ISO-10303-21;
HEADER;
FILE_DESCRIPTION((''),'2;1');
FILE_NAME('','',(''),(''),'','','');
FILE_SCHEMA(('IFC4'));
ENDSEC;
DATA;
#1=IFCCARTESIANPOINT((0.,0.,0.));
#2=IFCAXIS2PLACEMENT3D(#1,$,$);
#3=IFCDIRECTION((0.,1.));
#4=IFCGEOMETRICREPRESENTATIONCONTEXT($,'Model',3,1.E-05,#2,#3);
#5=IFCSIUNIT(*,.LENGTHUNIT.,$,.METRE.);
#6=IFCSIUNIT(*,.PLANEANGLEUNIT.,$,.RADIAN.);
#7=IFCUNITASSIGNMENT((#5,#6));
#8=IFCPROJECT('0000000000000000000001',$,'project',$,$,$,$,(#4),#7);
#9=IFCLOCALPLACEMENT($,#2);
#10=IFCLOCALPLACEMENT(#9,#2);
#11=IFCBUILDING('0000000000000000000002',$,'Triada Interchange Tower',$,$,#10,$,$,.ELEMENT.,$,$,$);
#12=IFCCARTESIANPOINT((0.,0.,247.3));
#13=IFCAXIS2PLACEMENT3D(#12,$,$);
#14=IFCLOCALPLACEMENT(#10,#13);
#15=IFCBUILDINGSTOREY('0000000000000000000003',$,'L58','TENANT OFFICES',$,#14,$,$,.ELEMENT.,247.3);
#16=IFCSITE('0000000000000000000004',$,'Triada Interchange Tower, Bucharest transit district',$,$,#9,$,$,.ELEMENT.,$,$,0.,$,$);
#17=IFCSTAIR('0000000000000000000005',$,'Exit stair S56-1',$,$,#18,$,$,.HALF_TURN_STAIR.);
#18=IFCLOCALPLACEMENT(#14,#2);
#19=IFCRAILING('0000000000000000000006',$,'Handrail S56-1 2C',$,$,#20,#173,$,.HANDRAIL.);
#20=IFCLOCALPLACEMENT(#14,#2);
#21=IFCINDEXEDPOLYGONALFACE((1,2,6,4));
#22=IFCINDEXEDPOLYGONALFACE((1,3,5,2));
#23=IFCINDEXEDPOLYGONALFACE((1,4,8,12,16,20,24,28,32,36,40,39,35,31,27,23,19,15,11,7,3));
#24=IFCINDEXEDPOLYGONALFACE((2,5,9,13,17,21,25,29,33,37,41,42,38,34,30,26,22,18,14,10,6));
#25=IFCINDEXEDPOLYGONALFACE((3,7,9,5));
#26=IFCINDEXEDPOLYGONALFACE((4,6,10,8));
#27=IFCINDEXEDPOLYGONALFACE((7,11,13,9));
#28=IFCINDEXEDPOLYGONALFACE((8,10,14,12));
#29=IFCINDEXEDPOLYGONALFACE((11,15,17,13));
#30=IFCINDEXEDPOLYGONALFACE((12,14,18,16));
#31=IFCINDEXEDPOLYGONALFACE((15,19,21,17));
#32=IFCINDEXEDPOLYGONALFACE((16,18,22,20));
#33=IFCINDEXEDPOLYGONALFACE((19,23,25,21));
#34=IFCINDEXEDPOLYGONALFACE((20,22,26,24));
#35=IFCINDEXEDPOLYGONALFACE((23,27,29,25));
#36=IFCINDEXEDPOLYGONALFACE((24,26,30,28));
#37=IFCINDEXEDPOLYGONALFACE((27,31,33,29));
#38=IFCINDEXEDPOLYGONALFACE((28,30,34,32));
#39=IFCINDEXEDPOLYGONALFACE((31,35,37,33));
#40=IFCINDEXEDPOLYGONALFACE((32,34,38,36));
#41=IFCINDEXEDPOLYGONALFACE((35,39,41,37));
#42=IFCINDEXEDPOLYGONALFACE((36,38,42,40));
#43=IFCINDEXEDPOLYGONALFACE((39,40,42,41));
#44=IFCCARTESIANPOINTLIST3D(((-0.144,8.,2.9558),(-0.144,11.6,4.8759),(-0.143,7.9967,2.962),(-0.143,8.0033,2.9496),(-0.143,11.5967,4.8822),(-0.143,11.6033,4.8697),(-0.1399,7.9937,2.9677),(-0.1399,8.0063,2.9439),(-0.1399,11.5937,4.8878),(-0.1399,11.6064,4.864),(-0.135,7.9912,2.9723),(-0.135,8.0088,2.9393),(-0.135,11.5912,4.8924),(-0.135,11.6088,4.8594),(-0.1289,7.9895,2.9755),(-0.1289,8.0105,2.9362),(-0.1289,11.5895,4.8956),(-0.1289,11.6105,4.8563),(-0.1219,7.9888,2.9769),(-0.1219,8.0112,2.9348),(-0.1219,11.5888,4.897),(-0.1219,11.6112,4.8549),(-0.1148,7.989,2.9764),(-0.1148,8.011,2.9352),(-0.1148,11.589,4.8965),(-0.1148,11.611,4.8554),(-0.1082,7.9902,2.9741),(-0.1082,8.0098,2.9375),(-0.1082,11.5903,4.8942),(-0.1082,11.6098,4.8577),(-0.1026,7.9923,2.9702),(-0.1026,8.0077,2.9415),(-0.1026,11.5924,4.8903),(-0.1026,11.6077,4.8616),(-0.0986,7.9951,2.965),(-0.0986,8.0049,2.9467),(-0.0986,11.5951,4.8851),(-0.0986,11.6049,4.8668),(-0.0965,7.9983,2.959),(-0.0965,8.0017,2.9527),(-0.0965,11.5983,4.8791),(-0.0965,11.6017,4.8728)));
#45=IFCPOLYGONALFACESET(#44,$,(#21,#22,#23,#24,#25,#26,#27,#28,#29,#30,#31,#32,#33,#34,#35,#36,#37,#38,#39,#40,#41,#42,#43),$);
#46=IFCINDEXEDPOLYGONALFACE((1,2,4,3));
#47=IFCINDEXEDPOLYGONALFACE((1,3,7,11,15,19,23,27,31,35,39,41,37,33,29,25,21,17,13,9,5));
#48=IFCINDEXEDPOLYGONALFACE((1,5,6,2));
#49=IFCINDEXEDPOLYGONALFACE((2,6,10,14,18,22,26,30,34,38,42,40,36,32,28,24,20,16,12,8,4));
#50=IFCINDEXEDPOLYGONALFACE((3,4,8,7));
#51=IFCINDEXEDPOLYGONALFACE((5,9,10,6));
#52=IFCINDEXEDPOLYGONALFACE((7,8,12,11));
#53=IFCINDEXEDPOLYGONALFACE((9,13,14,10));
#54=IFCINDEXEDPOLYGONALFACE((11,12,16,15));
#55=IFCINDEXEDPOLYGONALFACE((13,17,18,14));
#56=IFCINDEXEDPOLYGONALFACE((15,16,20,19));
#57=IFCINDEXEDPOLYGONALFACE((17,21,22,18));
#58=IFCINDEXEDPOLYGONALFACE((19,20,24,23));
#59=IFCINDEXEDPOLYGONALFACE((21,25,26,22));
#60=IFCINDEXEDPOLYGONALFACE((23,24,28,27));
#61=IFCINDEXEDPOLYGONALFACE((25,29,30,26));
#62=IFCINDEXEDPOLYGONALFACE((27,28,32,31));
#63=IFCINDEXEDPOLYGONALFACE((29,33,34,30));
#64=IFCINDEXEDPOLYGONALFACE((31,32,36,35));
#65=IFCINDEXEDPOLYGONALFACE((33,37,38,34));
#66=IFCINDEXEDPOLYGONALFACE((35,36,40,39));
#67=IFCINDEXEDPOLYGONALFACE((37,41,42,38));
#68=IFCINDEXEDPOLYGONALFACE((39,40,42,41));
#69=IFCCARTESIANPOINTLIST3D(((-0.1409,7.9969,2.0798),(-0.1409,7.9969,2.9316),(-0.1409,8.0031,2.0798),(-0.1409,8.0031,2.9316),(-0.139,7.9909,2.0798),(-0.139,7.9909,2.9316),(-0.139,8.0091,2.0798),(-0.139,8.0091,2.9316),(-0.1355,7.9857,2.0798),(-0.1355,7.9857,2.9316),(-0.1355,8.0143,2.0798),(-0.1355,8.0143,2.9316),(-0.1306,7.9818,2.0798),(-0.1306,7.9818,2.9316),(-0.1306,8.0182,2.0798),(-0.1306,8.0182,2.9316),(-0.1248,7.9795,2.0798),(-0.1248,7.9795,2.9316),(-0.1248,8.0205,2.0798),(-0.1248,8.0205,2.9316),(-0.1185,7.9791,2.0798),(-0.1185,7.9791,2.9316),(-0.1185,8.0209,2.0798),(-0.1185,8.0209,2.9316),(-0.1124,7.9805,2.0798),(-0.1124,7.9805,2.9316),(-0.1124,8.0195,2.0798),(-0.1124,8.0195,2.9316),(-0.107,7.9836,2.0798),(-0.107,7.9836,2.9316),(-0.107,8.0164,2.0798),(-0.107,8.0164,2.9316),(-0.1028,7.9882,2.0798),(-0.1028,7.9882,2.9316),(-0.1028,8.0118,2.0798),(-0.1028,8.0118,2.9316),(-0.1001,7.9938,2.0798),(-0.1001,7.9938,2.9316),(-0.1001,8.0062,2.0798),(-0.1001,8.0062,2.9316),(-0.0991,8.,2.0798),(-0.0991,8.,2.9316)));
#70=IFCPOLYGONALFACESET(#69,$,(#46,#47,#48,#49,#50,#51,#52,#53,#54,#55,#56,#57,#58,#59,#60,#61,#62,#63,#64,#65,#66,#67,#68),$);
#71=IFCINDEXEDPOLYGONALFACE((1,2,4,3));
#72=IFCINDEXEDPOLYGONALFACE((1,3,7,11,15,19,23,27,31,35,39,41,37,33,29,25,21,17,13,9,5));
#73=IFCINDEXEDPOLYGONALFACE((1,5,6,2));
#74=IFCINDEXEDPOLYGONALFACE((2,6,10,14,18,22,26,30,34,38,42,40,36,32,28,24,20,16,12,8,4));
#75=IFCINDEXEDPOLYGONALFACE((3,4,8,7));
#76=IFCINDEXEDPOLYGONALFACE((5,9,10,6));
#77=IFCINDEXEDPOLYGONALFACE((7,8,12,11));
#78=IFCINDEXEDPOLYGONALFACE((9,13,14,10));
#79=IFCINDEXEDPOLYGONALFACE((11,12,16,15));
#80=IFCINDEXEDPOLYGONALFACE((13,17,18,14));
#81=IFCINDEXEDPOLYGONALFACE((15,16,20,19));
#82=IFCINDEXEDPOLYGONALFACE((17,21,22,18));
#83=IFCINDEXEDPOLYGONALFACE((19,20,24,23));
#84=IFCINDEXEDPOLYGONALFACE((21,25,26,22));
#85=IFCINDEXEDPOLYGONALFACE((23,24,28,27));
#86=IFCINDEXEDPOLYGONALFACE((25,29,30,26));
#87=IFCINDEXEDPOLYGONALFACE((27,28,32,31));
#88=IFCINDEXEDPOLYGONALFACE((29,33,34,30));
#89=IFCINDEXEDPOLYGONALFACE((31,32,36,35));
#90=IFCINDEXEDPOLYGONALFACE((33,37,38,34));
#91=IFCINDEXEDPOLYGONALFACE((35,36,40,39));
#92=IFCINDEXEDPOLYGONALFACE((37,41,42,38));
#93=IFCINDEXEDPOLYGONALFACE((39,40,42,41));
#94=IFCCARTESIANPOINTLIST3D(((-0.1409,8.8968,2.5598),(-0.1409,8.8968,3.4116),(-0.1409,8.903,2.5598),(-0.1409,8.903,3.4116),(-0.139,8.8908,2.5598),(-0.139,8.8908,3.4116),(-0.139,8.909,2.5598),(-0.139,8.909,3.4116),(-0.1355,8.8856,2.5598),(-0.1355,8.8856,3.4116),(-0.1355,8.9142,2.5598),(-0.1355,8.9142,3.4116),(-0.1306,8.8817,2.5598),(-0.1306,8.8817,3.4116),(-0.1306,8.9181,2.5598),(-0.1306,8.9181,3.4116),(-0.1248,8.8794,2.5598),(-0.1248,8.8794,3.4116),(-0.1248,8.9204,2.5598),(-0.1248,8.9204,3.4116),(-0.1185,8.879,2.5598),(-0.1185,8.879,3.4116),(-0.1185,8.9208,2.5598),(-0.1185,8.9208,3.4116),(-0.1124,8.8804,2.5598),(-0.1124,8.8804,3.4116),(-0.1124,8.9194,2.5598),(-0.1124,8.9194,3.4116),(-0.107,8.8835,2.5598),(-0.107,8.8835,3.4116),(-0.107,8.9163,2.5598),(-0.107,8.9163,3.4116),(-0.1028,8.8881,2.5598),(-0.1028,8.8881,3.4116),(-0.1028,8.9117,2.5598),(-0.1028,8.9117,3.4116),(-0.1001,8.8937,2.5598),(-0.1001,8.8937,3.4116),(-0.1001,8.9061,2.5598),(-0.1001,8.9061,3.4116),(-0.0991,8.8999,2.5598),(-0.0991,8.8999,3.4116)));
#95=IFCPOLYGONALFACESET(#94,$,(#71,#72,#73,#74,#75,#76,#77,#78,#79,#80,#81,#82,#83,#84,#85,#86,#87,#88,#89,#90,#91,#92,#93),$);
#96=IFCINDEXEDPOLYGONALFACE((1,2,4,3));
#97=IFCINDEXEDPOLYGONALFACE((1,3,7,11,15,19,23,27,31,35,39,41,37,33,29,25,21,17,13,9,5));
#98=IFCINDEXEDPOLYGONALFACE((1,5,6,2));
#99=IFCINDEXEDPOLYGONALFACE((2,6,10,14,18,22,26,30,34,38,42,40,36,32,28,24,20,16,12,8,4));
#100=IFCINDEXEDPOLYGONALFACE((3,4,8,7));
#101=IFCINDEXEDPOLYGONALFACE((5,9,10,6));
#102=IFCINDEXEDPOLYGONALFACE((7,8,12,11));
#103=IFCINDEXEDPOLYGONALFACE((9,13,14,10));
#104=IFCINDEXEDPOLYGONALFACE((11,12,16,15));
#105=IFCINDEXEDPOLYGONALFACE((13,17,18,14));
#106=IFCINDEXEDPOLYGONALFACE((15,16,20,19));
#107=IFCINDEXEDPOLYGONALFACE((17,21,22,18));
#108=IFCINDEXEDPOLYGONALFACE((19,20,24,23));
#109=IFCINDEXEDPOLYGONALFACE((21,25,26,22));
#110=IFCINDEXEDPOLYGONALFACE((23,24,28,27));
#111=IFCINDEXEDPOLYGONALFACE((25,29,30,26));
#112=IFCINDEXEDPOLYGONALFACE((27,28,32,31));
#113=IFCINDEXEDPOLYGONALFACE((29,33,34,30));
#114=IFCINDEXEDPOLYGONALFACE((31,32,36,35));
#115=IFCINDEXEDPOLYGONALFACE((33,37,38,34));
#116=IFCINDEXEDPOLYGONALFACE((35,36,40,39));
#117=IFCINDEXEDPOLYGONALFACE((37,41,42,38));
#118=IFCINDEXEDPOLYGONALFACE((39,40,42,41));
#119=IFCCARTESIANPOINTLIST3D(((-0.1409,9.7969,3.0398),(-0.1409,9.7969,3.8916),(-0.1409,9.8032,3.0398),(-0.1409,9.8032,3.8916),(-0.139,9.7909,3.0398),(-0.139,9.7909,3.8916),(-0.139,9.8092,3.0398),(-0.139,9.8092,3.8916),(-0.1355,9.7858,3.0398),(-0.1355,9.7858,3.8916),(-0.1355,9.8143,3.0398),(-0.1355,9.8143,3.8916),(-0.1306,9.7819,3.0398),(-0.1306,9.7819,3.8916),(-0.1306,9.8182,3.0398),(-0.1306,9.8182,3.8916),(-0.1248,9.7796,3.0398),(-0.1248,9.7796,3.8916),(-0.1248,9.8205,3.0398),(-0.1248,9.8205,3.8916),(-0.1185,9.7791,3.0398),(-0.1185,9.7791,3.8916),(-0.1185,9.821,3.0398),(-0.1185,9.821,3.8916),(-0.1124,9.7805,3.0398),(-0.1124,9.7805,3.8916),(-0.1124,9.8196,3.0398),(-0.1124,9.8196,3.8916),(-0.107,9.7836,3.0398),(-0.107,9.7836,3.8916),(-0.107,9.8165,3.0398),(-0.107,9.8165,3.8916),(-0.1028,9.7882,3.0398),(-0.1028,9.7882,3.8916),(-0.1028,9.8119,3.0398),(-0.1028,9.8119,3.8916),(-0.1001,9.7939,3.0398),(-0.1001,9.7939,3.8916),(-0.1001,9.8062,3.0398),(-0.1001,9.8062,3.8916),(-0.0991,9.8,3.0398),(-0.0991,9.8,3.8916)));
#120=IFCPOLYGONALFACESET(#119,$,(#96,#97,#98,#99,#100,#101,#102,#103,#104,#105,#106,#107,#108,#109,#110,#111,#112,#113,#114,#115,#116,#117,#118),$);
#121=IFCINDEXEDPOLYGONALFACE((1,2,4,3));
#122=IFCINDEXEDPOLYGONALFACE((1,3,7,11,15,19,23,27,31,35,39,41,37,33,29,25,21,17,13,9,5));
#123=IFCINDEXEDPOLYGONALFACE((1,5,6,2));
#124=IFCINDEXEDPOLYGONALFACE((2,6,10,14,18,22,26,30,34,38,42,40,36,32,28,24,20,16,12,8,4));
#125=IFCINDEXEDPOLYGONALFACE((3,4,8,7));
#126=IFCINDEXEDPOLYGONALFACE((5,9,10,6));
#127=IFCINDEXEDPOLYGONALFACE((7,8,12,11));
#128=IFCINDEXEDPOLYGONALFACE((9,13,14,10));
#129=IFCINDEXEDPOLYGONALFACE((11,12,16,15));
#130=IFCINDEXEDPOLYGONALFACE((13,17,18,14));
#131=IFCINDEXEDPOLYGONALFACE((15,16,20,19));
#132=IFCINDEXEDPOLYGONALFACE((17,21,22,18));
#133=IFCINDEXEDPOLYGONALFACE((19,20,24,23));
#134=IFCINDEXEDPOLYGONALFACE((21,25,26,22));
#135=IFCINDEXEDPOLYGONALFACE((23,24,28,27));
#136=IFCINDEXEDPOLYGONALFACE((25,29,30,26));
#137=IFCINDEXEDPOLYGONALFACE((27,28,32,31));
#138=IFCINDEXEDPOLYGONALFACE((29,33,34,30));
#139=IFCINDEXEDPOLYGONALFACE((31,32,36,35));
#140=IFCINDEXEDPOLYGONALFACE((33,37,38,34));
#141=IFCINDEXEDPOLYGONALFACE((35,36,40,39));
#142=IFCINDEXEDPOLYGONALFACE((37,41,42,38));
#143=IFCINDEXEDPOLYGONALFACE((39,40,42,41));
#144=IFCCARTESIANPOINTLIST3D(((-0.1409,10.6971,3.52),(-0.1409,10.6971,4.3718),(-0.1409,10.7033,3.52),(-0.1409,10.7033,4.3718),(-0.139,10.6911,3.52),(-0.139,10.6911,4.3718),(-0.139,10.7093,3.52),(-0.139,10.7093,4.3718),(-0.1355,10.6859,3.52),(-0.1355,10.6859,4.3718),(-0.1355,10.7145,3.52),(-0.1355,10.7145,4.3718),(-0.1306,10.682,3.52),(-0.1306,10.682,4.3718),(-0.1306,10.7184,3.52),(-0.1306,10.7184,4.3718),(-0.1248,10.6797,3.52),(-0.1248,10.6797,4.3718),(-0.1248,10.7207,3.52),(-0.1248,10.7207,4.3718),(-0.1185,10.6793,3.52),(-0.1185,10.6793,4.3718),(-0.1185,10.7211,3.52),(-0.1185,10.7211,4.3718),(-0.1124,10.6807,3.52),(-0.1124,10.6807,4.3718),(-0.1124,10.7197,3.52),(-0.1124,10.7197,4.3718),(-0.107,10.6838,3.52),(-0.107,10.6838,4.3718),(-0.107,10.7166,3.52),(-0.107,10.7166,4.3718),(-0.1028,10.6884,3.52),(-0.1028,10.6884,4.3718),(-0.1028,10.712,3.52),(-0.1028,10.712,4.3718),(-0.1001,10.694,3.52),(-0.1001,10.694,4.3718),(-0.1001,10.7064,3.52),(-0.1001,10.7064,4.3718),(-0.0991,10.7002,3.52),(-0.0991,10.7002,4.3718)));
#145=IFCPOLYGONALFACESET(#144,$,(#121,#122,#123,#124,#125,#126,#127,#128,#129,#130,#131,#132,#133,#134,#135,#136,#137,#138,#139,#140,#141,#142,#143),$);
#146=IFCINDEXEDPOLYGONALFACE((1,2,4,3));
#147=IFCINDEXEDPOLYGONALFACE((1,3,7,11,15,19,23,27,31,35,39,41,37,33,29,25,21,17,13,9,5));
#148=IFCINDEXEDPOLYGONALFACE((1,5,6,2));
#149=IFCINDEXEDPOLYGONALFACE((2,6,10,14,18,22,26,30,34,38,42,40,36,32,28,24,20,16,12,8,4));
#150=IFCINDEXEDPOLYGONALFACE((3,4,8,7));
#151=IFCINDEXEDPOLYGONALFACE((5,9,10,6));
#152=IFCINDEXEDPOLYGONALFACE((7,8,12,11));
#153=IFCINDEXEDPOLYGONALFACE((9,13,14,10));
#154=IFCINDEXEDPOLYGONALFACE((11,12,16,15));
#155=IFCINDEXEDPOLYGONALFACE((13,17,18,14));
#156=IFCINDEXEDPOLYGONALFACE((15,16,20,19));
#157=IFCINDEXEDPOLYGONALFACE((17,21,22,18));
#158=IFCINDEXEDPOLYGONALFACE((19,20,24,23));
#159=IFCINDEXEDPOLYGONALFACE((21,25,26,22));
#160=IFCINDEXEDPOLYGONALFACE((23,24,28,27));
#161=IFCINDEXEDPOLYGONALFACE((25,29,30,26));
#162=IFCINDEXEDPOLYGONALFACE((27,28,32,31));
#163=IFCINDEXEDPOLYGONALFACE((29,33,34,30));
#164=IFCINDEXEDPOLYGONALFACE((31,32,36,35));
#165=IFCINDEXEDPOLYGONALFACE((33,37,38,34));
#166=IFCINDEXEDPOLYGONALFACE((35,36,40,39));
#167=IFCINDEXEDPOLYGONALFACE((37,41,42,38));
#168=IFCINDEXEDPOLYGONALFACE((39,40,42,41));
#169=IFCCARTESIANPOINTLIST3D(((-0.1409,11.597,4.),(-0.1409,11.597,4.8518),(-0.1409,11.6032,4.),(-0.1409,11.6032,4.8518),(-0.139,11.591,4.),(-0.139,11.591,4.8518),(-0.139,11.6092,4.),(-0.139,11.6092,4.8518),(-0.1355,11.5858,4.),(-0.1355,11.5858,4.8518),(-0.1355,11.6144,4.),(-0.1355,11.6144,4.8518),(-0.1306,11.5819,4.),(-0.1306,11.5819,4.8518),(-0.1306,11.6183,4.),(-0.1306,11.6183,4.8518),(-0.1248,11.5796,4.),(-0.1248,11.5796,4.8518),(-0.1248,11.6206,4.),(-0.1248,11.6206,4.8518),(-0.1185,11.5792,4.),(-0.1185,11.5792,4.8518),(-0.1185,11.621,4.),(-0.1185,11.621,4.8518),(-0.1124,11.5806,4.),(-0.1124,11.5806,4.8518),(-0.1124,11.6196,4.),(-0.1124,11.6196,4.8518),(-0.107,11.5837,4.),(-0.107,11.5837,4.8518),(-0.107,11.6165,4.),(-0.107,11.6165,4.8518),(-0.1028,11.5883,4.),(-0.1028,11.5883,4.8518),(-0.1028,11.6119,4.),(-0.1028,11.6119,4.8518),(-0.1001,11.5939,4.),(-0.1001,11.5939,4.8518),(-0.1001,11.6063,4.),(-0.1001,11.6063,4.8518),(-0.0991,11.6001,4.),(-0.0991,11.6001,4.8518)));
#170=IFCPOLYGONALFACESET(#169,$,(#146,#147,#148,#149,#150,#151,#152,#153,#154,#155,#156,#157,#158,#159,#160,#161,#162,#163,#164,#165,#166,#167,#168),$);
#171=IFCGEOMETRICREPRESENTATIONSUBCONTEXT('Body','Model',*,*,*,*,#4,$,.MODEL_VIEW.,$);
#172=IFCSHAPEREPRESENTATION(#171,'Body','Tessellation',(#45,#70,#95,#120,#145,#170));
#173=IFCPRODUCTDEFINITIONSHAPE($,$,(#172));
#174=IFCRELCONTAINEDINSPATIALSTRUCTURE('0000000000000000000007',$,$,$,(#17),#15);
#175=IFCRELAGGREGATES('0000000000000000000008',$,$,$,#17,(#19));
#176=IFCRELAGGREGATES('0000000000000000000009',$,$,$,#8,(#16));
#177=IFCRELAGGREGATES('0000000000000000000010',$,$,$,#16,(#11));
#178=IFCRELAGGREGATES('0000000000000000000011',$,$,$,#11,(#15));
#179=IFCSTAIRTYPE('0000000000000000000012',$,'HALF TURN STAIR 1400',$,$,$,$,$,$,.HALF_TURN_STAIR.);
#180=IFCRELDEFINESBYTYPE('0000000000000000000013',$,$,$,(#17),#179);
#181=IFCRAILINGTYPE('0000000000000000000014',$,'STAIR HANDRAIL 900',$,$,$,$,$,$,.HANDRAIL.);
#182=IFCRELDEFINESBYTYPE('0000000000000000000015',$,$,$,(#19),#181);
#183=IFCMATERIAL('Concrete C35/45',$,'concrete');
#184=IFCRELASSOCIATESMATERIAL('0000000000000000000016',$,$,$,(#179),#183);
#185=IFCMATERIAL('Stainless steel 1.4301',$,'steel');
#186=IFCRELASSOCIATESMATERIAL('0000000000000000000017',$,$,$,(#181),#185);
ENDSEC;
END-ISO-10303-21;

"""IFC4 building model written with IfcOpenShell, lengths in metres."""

from ifc_helpers import new_model, si_unit, direction, frame, origin, origin_2d, place, context, subcontext, project, spatial, circle, extrude, material, type_object, element, aggregate, save


model = new_model("IFC4")

# Units and contexts
model_context = context("Model", 3, precision=1e-05, world=origin(), true_north=direction((0.0, 1.0)))
body_context = subcontext(model_context, "Body", "Model", "MODEL_VIEW")
ifc_project = project(units=[si_unit("LENGTHUNIT", "METRE"), si_unit("PLANEANGLEUNIT", "RADIAN")], contexts=[model_context])

# Site, building, storey
site_placement = place(None, origin())
site = spatial("IfcSite", under=ifc_project, at=site_placement, Name="Triada Interchange Tower, Bucharest transit district", CompositionType="ELEMENT", RefElevation=0.0)
building_placement = place(site_placement, origin())
building = spatial("IfcBuilding", under=site, at=building_placement, Name="Triada Interchange Tower", CompositionType="ELEMENT")
storey_placement = place(building_placement, frame((0.0, 0.0, 247.3)))
storey = spatial("IfcBuildingStorey", under=building, at=storey_placement, Name="L58", Description="TENANT OFFICES", CompositionType="ELEMENT", Elevation=247.3)

# Stair, railing
ifc_material_1 = material(Name="Concrete C35/45", Category="concrete")
stair_type = type_object("IfcStairType", Name="HALF TURN STAIR 1400", PredefinedType="HALF_TURN_STAIR", material=ifc_material_1)
stair_placement = place(storey_placement, origin())
stair = element("IfcStair", 1, at=stair_placement, inside=storey, type_object=stair_type, Name="Exit stair S56-1", PredefinedType="HALF_TURN_STAIR")
ifc_material_2 = material(Name="Stainless steel 1.4301", Category="steel")
railing_type = type_object("IfcRailingType", Name="STAIR HANDRAIL 900", PredefinedType="HANDRAIL", material=ifc_material_2)
railing_1_placement = place(storey_placement, frame((-0.1201, 8.0, 2.0798)))
railing_1 = element("IfcRailing", 2, at=railing_1_placement, type_object=railing_type, Name="Handrail S56-1 2C", PredefinedType="HANDRAIL", context=body_context, shape_type="SweptSolid", body=[
    extrude(circle(Radius=0.0239, at=origin_2d()), frame((0.0, 0.0, 0.876), z_axis=(0.0, 0.882341, 0.47061), x_axis=(-1.0, 0.0, 0.0)), (0.0, 0.0, 1.0), 4.0801),
    extrude(circle(Radius=0.021, at=origin_2d()), origin(), (0.0, 0.0, 1.0), 0.8518),
    extrude(circle(Radius=0.021, at=origin_2d()), frame((0.0, 0.8999, 0.48)), (0.0, 0.0, 1.0), 0.8518),
    extrude(circle(Radius=0.021, at=origin_2d()), frame((0.0, 1.8, 0.96)), (0.0, 0.0, 1.0), 0.8518),
    extrude(circle(Radius=0.021, at=origin_2d()), frame((0.0, 2.7002, 1.4402)), (0.0, 0.0, 1.0), 0.8518),
    extrude(circle(Radius=0.021, at=origin_2d()), frame((0.0, 3.6001, 1.9202)), (0.0, 0.0, 1.0), 0.8518),
])
aggregate(stair, [railing_1])

save(model, "model.ifc")
